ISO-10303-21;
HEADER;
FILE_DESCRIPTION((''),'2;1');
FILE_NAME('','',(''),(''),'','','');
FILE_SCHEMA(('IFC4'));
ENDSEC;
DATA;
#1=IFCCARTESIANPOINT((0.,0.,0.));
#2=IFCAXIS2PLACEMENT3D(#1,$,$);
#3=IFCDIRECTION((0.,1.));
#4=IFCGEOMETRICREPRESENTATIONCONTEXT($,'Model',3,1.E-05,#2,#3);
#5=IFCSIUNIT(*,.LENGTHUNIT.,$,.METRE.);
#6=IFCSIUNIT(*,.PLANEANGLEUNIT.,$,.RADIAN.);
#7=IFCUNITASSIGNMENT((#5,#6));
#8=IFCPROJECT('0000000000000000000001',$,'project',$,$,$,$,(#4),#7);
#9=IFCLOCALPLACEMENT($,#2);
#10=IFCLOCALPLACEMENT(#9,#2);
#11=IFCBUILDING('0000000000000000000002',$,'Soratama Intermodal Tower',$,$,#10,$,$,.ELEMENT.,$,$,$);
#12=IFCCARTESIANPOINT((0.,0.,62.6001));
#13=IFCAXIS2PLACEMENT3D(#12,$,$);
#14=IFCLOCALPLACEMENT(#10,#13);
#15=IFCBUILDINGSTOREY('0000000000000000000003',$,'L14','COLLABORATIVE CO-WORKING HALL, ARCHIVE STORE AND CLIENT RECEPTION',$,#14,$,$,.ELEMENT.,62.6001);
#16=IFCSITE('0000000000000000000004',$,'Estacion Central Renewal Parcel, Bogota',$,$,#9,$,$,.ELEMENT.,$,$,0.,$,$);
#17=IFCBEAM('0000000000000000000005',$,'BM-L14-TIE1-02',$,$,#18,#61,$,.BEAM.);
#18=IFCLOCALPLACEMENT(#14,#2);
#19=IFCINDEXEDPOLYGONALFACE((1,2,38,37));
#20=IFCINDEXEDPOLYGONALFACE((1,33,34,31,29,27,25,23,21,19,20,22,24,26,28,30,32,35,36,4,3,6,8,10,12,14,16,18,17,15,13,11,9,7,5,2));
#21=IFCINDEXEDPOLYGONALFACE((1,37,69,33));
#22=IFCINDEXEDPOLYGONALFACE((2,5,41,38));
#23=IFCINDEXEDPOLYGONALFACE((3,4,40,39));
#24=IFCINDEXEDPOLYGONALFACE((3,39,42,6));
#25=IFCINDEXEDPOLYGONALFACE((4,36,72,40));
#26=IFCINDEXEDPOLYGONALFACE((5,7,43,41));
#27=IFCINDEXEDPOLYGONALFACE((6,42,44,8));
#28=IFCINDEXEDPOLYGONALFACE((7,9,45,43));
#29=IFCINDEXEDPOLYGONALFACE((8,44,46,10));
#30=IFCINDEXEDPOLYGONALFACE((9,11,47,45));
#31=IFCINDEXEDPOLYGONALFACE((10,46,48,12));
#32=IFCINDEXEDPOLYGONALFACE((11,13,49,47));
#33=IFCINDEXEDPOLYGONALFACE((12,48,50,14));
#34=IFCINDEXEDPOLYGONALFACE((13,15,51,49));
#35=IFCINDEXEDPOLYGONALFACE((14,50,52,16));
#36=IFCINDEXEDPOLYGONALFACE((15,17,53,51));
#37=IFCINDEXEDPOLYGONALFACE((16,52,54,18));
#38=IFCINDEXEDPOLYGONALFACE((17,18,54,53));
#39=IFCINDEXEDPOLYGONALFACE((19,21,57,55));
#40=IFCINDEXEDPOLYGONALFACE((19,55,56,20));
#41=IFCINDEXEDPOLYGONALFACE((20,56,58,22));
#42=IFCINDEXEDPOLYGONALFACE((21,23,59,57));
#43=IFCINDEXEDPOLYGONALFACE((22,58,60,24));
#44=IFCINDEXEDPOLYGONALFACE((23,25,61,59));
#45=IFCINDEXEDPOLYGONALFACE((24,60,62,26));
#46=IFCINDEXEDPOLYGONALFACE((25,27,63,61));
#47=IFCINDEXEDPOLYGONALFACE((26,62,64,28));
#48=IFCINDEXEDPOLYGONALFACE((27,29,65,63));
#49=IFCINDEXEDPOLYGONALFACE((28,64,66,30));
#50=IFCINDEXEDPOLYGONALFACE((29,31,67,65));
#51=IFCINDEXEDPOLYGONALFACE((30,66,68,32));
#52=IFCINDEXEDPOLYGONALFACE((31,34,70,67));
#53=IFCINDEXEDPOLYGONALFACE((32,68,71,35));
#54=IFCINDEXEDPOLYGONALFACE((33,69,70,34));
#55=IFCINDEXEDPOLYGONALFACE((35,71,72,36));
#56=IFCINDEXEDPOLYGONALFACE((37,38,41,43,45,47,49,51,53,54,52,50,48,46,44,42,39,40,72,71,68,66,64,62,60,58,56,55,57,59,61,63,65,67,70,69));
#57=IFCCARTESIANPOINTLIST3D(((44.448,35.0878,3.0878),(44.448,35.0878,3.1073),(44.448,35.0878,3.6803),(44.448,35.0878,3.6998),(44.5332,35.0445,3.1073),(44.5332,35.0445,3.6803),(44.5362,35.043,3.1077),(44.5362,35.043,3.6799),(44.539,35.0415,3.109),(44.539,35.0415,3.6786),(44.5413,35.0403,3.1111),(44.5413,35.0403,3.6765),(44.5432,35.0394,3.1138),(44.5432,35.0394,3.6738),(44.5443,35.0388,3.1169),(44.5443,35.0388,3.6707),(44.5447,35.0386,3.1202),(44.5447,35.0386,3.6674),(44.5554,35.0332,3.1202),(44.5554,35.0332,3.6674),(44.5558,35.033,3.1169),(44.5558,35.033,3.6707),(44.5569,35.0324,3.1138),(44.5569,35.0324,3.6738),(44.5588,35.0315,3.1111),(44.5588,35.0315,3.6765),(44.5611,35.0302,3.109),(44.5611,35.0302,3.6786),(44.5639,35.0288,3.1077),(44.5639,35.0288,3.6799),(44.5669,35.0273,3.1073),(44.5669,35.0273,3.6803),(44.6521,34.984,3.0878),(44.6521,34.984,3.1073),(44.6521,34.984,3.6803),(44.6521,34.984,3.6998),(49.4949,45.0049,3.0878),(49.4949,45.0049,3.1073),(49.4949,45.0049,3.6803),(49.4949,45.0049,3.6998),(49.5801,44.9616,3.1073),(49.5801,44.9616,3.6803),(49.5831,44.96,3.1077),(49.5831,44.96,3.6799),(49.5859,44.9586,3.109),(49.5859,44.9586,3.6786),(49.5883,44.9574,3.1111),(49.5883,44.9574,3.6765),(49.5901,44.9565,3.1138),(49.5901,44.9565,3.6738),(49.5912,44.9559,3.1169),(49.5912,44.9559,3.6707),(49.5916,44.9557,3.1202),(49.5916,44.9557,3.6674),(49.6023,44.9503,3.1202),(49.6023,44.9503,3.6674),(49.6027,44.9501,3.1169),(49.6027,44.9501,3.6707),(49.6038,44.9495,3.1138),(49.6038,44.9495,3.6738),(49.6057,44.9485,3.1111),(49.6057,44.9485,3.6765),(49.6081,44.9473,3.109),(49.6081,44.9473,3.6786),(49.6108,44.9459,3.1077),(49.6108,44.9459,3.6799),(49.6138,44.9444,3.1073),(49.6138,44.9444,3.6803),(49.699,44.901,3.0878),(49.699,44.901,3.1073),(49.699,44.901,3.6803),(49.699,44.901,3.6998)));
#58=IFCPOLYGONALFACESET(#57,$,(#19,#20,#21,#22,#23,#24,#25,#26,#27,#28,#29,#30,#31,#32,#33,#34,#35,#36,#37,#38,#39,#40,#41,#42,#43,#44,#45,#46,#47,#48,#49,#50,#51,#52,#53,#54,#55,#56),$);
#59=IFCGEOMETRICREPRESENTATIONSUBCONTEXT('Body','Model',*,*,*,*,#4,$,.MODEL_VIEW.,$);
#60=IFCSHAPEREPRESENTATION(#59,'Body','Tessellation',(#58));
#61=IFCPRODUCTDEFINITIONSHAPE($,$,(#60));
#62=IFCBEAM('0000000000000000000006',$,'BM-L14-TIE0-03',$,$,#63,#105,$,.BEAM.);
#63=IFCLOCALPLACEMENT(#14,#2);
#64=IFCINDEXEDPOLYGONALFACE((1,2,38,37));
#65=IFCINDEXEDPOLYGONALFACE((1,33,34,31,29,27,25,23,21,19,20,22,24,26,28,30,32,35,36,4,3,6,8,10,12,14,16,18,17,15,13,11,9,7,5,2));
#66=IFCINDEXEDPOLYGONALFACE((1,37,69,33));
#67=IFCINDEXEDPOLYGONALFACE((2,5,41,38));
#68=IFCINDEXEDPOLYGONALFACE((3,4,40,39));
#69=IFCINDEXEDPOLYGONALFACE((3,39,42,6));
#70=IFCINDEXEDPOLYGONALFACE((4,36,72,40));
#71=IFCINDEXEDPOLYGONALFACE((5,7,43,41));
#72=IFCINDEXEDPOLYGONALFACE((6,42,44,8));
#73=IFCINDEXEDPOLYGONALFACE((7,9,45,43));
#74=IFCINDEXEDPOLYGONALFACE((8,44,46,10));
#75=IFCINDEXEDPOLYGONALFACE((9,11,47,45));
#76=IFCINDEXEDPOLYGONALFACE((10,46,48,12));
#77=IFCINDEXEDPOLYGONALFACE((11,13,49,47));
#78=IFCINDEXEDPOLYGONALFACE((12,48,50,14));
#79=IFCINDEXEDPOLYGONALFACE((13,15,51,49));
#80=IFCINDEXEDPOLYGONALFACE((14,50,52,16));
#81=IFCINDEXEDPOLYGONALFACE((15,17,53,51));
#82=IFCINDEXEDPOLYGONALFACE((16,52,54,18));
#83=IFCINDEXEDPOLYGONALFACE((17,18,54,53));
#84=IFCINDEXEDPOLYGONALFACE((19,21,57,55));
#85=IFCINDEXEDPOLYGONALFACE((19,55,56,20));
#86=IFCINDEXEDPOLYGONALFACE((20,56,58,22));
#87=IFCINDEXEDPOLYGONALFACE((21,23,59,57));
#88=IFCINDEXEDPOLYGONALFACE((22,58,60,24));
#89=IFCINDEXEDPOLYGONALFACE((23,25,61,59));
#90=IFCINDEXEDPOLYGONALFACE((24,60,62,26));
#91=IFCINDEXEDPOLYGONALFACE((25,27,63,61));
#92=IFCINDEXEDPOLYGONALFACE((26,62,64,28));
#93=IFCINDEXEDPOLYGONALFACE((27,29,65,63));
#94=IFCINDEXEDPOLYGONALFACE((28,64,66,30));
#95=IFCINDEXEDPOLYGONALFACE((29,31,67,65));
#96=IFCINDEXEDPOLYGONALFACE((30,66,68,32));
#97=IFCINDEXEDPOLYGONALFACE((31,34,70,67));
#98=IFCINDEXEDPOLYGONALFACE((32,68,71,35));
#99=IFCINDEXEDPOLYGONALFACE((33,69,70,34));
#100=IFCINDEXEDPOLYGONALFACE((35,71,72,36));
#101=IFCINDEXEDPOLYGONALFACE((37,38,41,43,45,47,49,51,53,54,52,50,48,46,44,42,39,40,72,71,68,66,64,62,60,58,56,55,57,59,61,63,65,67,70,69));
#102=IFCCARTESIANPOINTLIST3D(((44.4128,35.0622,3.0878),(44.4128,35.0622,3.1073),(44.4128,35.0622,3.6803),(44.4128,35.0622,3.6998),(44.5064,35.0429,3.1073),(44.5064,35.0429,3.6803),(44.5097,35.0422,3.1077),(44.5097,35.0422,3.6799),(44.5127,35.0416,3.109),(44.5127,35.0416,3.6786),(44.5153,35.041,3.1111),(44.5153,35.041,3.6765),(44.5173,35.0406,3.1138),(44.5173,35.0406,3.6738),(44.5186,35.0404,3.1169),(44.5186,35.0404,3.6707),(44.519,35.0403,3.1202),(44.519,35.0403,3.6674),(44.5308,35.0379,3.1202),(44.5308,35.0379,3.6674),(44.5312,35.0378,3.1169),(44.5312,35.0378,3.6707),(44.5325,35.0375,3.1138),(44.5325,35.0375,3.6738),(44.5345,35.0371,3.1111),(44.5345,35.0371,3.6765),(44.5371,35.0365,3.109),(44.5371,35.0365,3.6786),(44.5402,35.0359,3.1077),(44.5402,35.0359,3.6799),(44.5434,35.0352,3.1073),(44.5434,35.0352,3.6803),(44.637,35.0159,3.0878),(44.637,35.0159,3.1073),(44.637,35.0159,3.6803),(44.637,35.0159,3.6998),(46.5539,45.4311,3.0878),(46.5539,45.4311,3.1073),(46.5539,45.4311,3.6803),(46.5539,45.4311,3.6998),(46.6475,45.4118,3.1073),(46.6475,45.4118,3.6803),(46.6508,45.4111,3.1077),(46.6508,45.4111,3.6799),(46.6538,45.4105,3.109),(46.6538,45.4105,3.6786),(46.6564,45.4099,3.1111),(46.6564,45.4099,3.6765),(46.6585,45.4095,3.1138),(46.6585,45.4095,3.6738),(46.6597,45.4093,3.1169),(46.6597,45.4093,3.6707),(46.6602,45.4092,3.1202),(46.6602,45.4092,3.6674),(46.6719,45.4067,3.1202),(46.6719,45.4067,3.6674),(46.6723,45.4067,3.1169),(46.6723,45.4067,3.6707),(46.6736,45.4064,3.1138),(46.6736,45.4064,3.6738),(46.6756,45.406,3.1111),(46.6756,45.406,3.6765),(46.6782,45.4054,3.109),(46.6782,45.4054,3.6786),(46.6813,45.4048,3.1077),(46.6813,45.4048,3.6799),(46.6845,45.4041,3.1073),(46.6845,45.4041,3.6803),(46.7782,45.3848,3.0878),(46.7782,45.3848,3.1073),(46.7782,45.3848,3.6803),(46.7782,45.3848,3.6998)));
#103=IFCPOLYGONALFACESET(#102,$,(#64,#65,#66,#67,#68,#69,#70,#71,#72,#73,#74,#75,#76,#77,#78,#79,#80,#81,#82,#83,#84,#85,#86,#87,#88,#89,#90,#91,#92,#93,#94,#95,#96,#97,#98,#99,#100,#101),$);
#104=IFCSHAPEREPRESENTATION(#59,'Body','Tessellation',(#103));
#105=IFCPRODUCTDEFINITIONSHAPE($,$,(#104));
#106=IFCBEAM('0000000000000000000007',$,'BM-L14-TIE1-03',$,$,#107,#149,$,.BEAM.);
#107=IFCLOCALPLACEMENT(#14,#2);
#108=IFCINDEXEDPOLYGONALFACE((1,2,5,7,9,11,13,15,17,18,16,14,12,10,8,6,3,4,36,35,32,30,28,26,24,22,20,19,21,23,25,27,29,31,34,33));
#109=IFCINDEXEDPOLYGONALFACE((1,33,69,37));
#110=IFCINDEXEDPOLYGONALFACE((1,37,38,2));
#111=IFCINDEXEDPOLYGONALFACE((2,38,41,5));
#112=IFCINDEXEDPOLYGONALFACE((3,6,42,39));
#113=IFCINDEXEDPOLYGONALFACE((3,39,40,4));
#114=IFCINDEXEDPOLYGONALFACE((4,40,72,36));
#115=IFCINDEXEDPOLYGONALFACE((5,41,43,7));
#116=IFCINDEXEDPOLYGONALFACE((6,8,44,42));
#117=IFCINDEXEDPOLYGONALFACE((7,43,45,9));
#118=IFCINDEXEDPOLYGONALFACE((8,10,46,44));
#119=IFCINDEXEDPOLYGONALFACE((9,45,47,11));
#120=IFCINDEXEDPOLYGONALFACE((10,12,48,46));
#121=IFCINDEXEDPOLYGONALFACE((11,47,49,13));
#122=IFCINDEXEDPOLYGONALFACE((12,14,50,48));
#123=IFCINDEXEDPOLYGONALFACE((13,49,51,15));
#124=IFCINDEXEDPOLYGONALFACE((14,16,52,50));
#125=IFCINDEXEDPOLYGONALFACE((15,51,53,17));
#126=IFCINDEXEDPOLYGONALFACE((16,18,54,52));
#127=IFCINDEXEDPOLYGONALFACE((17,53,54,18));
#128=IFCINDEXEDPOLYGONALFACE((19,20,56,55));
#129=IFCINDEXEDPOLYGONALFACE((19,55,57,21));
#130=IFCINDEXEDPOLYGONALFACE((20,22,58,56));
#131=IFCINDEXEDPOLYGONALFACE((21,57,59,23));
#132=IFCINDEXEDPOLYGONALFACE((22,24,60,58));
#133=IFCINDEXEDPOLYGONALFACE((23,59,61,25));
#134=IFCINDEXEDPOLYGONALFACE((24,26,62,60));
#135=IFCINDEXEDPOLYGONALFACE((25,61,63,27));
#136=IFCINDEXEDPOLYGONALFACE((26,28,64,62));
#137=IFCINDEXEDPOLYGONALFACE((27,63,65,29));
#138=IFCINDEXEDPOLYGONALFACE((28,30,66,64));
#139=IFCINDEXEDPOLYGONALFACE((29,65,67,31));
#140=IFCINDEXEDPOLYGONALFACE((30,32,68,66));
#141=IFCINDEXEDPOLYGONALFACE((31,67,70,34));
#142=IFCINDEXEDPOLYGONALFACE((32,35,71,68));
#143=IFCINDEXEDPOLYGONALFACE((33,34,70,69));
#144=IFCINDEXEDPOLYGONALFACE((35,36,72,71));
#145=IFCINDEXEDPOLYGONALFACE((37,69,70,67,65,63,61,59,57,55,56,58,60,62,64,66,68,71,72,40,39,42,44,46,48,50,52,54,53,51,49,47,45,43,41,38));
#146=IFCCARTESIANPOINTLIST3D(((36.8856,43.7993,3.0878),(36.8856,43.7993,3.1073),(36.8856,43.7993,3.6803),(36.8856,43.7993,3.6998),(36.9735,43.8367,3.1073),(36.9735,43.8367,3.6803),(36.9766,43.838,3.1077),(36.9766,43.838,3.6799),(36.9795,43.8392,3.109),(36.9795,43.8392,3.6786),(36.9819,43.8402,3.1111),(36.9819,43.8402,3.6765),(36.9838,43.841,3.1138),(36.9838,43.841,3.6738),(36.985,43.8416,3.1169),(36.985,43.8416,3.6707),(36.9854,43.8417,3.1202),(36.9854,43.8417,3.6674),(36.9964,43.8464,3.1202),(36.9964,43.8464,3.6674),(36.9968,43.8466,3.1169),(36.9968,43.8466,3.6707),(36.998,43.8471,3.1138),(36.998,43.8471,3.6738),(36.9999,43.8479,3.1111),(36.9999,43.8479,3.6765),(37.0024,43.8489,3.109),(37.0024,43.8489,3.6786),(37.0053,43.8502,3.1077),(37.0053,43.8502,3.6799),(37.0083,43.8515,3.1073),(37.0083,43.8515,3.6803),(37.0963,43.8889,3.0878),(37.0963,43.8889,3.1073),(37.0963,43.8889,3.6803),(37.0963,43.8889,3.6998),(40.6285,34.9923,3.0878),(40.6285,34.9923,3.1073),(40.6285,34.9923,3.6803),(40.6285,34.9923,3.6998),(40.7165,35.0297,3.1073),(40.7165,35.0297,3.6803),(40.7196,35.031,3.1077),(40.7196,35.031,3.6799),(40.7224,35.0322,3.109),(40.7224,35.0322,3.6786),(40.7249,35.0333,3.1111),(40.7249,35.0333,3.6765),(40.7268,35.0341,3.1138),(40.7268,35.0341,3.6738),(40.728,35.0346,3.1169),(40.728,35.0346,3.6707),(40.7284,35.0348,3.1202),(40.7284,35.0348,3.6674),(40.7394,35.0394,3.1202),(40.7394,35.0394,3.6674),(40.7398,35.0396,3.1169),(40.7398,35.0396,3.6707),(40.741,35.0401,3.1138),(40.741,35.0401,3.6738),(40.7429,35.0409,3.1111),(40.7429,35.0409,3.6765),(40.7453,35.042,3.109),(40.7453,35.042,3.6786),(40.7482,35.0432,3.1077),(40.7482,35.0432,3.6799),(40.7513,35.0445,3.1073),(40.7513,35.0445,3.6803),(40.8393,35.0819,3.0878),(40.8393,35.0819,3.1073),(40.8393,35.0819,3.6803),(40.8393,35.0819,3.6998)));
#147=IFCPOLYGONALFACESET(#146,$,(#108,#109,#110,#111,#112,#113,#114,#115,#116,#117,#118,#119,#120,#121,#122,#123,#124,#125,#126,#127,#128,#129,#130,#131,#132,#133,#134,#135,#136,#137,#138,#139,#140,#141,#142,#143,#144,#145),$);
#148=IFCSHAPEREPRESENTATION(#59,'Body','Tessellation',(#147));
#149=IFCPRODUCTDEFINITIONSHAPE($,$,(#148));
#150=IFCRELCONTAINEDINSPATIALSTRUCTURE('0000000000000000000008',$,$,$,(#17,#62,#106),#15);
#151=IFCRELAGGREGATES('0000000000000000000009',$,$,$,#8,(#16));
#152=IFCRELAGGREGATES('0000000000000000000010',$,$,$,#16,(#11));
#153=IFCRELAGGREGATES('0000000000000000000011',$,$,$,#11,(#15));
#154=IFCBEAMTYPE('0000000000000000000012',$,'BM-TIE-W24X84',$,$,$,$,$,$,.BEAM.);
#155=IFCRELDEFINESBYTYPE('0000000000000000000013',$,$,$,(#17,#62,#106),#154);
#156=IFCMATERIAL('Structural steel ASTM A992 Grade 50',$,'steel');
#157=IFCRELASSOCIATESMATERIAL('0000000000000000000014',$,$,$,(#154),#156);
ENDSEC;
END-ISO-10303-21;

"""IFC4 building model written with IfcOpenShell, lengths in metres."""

from ifc_helpers import new_model, si_unit, direction, frame, origin, origin_2d, place, context, subcontext, project, spatial, i_section, extrude, material, material_profile, profile_set, type_object, element, save


model = new_model("IFC4")

# Units and contexts
model_context = context("Model", 3, precision=1e-05, world=origin(), true_north=direction((0.0, 1.0)))
body_context = subcontext(model_context, "Body", "Model", "MODEL_VIEW")
ifc_project = project(units=[si_unit("LENGTHUNIT", "METRE"), si_unit("PLANEANGLEUNIT", "RADIAN")], contexts=[model_context])

# Site, building, storey
site_placement = place(None, origin())
site = spatial("IfcSite", under=ifc_project, at=site_placement, Name="Estacion Central Renewal Parcel, Bogota", CompositionType="ELEMENT", RefElevation=0.0)
building_placement = place(site_placement, origin())
building = spatial("IfcBuilding", under=site, at=building_placement, Name="Soratama Intermodal Tower", CompositionType="ELEMENT")
storey_placement = place(building_placement, frame((0.0, 0.0, 62.6001)))
storey = spatial("IfcBuildingStorey", under=building, at=storey_placement, Name="L14", Description="COLLABORATIVE CO-WORKING HALL, ARCHIVE STORE AND CLIENT RECEPTION", CompositionType="ELEMENT", Elevation=62.6001)

# Beams
ifc_material_1 = material(Name="Structural steel ASTM A992 Grade 50", Category="steel")
ifc_material_profile_1 = material_profile(ifc_material_1, i_section(OverallWidth=0.229, OverallDepth=0.6121, WebThickness=0.012, FlangeThickness=0.0195, FilletRadius=0.0129, at=origin_2d()), Name="W24X84")
ifc_profile_set_1 = profile_set([ifc_material_profile_1], Name="Structural steel ASTM A992 Grade 50")
beam_type_1 = type_object("IfcBeamType", Name="BM-TIE-W24X84", PredefinedType="BEAM", material=ifc_profile_set_1)
beam_1_placement = place(storey_placement, frame((44.55, 35.0359, 3.3938), z_axis=(0.453556, 0.891228, 0.0), x_axis=(-0.891228, 0.453556, 0.0)))
element("IfcBeam", 1, at=beam_1_placement, inside=storey, type_object=beam_type_1, Name="BM-L14-TIE1-02", PredefinedType="BEAM", context=body_context, shape_type="SweptSolid", body=[
    extrude(i_section(OverallWidth=0.229, OverallDepth=0.6121, WebThickness=0.012, FlangeThickness=0.0195, FilletRadius=0.0129, at=origin_2d()), origin(), (0.0, 0.0, 1.0), 11.1274),
])
beam_2_placement = place(storey_placement, frame((44.5249, 35.0391, 3.3938), z_axis=(0.202227, 0.979339, 0.0), x_axis=(-0.979339, 0.202227, 0.0)))
element("IfcBeam", 2, at=beam_2_placement, inside=storey, type_object=beam_type_1, Name="BM-L14-TIE0-03", PredefinedType="BEAM", context=body_context, shape_type="SweptSolid", body=[
    extrude(i_section(OverallWidth=0.229, OverallDepth=0.6121, WebThickness=0.012, FlangeThickness=0.0195, FilletRadius=0.0129, at=origin_2d()), origin(), (0.0, 0.0, 1.0), 10.5876),
])
beam_3_placement = place(storey_placement, frame((40.7339, 35.0371, 3.3938), z_axis=(-0.39114, 0.920331, 0.0), x_axis=(-0.920331, -0.39114, 0.0)))
element("IfcBeam", 3, at=beam_3_placement, inside=storey, type_object=beam_type_1, Name="BM-L14-TIE1-03", PredefinedType="BEAM", context=body_context, shape_type="SweptSolid", body=[
    extrude(i_section(OverallWidth=0.229, OverallDepth=0.6121, WebThickness=0.012, FlangeThickness=0.0195, FilletRadius=0.0129, at=origin_2d()), origin(), (0.0, 0.0, 1.0), 9.5693),
])

save(model, "model.ifc")
